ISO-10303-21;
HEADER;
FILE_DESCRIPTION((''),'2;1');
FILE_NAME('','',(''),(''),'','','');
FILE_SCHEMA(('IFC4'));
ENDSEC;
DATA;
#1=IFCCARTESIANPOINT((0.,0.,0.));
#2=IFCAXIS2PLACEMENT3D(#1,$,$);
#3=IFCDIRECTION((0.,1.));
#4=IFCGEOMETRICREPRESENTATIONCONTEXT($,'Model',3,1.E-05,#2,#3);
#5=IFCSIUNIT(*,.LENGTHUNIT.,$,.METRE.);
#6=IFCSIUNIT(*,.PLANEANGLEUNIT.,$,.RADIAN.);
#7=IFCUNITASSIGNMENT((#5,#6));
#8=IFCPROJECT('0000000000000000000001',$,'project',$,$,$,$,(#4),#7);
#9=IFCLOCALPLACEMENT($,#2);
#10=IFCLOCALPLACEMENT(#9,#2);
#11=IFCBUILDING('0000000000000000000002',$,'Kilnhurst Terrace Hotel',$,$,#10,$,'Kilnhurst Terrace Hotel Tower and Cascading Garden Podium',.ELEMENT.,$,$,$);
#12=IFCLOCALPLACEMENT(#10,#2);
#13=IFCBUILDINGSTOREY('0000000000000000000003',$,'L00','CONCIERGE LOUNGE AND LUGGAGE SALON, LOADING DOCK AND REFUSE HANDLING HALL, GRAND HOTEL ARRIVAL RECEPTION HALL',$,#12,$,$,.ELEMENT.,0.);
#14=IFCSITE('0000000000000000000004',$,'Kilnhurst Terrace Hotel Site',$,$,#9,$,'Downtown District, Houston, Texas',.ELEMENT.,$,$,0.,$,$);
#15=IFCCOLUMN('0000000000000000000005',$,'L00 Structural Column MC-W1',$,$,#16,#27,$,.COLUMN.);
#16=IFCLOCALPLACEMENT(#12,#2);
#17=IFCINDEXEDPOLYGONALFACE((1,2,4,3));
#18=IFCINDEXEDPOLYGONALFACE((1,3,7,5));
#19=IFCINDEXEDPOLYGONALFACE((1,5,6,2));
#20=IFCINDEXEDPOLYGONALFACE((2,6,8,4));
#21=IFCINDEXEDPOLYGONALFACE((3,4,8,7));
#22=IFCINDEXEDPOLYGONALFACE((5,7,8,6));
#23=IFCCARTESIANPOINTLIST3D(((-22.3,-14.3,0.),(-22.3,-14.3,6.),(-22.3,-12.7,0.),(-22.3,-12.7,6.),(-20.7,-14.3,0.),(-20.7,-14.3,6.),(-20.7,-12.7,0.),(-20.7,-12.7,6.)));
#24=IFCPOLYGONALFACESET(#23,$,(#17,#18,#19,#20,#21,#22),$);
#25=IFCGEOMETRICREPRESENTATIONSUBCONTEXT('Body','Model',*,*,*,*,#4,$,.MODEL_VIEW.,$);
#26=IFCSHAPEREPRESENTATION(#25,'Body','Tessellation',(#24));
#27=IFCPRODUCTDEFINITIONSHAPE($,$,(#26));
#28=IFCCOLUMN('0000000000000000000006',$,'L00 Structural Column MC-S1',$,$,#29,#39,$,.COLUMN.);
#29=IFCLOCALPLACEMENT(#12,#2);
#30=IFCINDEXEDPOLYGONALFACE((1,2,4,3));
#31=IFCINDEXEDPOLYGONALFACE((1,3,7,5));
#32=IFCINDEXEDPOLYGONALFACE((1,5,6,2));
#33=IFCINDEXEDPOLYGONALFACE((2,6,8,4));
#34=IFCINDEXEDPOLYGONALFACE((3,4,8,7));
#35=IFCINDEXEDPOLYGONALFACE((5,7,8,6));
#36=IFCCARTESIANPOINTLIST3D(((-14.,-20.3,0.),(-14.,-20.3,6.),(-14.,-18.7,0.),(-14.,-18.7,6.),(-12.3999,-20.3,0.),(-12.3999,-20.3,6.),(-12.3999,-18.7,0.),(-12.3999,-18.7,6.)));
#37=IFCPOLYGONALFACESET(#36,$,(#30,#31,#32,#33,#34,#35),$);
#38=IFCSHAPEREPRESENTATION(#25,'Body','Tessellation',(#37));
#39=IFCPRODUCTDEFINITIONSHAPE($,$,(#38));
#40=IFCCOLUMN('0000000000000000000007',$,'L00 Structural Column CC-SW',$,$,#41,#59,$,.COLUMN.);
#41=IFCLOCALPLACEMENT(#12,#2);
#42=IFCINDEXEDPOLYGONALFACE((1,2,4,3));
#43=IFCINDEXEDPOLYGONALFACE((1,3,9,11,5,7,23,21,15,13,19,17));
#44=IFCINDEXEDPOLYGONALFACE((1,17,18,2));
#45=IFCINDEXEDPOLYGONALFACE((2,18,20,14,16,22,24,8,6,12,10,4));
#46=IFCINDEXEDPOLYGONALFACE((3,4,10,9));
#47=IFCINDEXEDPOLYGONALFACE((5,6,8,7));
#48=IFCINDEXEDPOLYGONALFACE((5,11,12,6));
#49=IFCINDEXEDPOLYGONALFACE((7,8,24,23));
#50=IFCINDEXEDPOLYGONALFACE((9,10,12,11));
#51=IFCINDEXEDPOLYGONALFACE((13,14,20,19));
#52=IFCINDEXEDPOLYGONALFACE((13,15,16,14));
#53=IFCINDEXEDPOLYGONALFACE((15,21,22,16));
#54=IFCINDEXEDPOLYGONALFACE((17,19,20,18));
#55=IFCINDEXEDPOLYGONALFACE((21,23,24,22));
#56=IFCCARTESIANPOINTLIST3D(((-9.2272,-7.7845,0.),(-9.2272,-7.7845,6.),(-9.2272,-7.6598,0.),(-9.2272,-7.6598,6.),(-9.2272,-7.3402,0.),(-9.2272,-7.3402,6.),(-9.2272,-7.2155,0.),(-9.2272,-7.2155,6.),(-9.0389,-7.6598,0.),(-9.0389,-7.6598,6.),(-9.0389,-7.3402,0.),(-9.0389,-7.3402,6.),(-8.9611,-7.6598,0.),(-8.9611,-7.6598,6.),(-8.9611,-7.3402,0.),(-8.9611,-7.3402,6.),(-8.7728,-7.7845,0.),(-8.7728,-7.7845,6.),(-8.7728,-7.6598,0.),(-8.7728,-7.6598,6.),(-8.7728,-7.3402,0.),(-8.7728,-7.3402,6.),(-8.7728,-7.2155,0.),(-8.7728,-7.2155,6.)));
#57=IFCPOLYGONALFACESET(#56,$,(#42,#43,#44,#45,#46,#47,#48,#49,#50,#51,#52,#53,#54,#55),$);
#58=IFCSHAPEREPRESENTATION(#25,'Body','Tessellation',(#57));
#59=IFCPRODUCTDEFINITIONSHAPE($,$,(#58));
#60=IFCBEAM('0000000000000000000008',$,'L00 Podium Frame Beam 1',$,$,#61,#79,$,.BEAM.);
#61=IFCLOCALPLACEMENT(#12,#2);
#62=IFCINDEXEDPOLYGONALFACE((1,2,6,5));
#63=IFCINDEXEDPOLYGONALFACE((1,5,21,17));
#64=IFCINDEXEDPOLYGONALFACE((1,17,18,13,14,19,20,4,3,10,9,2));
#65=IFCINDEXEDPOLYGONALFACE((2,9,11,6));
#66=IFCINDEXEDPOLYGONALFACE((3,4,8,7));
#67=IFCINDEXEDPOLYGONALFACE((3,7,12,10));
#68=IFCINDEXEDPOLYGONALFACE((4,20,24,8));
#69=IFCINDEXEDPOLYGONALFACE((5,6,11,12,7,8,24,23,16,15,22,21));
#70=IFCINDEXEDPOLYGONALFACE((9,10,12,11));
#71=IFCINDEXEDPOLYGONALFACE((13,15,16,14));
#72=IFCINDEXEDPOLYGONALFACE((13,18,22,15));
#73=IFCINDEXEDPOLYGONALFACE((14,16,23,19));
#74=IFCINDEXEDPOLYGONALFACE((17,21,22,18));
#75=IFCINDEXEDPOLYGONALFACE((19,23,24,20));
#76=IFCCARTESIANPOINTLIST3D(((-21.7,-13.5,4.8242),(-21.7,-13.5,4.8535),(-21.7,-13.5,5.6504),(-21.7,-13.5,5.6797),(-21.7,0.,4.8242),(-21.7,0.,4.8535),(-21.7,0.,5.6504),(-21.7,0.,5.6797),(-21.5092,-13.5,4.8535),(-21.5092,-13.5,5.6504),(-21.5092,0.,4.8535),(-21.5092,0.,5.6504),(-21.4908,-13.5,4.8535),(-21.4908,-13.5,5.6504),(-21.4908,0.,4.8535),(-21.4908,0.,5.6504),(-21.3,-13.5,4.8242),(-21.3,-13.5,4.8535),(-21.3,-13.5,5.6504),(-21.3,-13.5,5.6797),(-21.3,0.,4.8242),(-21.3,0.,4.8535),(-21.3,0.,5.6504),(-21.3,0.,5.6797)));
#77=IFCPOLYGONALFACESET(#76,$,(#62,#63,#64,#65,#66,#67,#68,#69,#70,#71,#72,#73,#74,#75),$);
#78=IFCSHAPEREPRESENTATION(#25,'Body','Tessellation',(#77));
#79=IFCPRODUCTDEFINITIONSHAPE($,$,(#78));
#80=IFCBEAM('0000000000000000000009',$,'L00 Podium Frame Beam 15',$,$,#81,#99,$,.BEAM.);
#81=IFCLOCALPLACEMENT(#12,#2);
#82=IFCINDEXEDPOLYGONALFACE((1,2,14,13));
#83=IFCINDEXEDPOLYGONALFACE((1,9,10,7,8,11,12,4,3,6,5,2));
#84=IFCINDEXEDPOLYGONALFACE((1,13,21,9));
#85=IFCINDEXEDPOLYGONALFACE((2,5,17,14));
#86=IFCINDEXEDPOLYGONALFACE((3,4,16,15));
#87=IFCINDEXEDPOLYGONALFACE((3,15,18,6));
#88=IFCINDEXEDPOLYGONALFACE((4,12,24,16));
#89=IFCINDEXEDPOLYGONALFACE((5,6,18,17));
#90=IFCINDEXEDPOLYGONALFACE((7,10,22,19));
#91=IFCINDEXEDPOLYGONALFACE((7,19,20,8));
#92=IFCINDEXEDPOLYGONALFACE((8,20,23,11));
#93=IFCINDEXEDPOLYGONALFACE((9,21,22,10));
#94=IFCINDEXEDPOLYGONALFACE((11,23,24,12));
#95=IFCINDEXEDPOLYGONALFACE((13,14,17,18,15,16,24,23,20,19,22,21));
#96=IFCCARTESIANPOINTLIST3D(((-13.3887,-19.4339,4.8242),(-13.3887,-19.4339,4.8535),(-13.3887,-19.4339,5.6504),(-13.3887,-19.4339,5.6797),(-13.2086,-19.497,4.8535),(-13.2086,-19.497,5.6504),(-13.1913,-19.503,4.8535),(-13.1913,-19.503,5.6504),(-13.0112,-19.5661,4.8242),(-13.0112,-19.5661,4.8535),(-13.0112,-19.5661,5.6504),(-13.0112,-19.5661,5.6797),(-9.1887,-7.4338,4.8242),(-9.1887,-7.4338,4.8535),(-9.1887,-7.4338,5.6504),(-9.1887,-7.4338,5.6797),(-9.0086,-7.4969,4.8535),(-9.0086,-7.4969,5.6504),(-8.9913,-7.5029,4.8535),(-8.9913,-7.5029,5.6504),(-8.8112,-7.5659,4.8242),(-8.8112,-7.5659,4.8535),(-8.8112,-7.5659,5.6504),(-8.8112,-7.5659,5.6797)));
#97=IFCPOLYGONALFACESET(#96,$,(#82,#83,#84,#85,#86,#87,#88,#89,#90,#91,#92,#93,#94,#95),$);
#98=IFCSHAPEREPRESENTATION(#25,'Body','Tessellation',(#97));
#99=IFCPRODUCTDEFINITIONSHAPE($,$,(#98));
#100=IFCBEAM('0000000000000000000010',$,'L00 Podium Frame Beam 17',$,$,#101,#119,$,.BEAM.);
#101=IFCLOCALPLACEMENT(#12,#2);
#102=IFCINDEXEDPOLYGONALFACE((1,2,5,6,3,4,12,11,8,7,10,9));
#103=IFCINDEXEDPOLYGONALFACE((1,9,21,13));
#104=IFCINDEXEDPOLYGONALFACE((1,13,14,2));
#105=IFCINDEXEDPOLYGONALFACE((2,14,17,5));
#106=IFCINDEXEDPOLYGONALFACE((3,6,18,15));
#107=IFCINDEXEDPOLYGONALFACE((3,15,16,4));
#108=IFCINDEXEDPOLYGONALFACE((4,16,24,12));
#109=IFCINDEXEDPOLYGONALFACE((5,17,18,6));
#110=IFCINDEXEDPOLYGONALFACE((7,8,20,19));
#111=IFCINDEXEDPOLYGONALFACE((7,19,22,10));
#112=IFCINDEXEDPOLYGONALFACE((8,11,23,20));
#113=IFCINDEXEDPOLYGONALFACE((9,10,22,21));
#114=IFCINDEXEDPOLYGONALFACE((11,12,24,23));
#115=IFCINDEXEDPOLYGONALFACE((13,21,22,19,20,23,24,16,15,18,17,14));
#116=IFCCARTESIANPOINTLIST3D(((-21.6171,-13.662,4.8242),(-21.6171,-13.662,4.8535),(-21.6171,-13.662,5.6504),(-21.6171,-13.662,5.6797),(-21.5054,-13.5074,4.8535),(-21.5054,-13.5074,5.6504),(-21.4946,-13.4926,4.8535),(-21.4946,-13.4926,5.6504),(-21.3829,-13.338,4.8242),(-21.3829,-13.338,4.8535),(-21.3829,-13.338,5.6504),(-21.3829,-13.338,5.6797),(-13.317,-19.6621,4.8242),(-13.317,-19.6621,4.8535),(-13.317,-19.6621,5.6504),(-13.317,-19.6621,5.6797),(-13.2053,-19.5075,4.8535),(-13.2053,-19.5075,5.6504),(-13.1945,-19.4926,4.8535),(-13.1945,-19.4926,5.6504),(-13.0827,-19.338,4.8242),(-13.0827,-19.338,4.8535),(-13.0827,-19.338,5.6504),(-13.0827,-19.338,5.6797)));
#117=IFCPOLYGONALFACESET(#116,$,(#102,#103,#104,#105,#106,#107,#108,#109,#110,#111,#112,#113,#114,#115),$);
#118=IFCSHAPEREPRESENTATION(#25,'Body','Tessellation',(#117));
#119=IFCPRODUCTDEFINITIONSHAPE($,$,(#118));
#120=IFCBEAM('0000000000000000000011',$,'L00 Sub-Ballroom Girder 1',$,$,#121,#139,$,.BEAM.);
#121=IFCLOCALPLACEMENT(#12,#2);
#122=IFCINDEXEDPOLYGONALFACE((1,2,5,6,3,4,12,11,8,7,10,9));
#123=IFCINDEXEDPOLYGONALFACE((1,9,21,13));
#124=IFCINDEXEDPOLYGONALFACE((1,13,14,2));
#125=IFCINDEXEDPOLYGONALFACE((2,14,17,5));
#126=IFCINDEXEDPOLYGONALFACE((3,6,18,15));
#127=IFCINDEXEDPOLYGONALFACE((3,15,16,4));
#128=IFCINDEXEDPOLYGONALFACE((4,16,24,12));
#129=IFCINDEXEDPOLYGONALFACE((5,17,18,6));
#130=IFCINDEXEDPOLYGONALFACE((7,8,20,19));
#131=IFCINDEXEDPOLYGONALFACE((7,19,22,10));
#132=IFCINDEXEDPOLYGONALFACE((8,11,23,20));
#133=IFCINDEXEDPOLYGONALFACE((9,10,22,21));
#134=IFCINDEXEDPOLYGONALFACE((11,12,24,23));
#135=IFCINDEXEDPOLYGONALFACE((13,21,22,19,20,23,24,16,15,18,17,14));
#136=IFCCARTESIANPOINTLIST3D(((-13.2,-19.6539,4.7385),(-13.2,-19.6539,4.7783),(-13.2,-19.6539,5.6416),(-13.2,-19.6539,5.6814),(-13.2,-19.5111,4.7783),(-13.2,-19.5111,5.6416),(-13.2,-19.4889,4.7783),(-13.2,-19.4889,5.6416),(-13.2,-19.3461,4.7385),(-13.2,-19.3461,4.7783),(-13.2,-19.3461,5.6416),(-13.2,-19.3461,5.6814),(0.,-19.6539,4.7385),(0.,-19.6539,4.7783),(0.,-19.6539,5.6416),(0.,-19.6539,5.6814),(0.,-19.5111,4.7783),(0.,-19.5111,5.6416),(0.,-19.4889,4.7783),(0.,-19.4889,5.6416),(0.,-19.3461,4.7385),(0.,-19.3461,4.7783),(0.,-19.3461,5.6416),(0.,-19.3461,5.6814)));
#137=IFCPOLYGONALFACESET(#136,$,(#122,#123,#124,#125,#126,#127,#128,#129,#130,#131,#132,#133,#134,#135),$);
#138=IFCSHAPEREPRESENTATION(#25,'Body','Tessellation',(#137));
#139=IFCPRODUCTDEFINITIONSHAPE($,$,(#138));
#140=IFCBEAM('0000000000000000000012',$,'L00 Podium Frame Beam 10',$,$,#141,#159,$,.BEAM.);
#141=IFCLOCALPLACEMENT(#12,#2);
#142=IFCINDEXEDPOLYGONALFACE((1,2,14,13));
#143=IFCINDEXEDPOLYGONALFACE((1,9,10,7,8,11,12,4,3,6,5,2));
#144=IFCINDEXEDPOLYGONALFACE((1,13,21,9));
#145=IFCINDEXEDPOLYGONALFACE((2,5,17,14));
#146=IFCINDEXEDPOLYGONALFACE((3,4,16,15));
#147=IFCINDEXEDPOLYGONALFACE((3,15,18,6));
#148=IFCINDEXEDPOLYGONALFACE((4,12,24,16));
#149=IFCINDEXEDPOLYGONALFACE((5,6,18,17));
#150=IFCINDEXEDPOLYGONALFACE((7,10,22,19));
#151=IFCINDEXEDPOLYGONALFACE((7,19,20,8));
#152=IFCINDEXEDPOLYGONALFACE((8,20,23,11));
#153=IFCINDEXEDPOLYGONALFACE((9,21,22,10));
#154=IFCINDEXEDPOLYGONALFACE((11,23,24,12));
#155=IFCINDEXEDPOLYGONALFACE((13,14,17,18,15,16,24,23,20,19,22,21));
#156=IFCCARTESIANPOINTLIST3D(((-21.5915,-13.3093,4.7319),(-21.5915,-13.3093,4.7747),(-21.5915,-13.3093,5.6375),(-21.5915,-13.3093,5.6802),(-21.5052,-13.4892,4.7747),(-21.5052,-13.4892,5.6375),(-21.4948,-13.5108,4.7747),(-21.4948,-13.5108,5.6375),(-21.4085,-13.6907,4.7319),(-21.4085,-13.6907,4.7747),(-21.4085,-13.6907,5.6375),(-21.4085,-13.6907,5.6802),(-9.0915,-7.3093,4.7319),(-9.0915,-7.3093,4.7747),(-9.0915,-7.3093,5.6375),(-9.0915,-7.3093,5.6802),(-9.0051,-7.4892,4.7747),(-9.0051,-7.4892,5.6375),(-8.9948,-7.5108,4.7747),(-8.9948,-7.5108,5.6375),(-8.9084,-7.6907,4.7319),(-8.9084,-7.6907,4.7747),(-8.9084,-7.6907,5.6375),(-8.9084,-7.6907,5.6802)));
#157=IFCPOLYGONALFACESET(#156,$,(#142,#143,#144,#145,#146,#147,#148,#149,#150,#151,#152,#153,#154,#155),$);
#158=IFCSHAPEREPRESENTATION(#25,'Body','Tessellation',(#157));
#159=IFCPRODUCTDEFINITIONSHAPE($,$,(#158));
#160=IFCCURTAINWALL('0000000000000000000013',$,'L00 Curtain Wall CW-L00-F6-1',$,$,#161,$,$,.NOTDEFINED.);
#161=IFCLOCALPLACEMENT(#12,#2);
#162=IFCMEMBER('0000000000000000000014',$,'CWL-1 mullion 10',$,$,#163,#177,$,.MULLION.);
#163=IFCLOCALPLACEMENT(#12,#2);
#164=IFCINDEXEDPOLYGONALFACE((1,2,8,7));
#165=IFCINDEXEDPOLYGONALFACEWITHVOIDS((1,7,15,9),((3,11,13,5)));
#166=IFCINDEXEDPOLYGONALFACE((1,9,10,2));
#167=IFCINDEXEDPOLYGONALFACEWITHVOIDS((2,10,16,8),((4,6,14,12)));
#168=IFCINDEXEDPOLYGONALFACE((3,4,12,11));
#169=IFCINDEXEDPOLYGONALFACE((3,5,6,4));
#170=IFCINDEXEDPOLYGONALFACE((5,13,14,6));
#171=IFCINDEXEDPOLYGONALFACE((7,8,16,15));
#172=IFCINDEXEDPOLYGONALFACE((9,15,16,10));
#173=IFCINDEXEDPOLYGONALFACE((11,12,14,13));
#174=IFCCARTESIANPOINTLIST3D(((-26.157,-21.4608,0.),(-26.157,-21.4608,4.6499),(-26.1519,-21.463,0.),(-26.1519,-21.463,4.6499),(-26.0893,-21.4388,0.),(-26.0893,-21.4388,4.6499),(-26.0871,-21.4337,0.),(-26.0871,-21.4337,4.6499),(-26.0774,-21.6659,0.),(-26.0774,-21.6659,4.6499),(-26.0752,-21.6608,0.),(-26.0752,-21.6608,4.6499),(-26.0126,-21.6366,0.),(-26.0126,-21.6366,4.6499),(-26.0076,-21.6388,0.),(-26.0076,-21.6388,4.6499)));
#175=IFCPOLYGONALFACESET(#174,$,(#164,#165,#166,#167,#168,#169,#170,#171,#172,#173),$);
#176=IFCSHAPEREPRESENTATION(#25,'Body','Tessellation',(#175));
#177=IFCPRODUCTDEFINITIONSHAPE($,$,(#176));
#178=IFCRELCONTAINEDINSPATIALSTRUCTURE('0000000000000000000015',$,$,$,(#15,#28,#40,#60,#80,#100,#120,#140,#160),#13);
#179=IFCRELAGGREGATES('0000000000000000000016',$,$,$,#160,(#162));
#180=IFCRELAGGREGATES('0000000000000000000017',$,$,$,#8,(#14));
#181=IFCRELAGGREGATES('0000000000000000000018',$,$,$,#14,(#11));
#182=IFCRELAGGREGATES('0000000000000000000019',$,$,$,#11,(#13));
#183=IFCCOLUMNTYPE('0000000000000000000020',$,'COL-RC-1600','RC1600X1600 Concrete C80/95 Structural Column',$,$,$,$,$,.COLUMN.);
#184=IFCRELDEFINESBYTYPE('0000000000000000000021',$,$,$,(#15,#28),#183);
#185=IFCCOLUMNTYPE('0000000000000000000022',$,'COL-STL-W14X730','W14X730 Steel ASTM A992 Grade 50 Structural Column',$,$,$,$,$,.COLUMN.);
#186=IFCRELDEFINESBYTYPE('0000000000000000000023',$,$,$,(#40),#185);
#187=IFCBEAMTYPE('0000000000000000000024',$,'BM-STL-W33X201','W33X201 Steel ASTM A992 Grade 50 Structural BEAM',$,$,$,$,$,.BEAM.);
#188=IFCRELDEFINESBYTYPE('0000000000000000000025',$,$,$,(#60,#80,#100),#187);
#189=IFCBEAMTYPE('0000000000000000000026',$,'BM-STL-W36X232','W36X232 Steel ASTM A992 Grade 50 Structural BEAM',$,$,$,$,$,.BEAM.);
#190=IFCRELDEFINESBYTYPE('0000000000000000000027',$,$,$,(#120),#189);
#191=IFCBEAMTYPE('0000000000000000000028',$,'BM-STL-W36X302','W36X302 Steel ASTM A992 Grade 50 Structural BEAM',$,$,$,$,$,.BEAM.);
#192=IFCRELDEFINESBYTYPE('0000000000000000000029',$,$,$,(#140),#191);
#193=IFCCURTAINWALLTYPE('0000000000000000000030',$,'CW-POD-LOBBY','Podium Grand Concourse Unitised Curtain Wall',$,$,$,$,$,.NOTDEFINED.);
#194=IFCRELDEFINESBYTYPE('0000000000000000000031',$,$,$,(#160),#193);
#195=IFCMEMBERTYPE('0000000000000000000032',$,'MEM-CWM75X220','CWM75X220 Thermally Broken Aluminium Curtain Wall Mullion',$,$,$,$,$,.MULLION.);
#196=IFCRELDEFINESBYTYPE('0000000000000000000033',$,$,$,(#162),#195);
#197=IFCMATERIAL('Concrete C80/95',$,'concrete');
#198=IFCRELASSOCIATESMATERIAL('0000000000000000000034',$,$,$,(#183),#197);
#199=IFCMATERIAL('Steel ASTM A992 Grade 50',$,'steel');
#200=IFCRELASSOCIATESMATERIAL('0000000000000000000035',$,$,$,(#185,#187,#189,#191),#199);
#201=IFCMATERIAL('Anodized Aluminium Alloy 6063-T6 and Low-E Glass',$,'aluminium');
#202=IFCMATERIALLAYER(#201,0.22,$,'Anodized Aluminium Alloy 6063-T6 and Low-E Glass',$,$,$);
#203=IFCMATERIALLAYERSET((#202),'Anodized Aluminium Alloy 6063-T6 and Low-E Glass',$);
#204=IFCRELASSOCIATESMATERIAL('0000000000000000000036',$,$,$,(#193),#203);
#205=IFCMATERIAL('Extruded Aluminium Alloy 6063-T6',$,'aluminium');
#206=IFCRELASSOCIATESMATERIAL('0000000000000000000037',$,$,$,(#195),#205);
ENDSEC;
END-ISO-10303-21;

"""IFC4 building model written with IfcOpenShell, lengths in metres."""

from ifc_helpers import new_model, si_unit, direction, frame, origin, origin_2d, place, context, subcontext, project, spatial, rectangle, hollow_rectangle, i_section, extrude, material, layer, layer_set, material_profile, profile_set, type_object, element, aggregate, save


model = new_model("IFC4")

# Units and contexts
model_context = context("Model", 3, precision=1e-05, world=origin(), true_north=direction((0.0, 1.0)))
body_context = subcontext(model_context, "Body", "Model", "MODEL_VIEW")
ifc_project = project(units=[si_unit("LENGTHUNIT", "METRE"), si_unit("PLANEANGLEUNIT", "RADIAN")], contexts=[model_context])

# Site, building, storey
site_placement = place(None, origin())
site = spatial("IfcSite", under=ifc_project, at=site_placement, Name="Kilnhurst Terrace Hotel Site", LongName="Downtown District, Houston, Texas", CompositionType="ELEMENT", RefElevation=0.0)
building_placement = place(site_placement, origin())
building = spatial("IfcBuilding", under=site, at=building_placement, Name="Kilnhurst Terrace Hotel", LongName="Kilnhurst Terrace Hotel Tower and Cascading Garden Podium", CompositionType="ELEMENT")
storey_placement = place(building_placement, origin())
storey = spatial("IfcBuildingStorey", under=building, at=storey_placement, Name="L00", Description="CONCIERGE LOUNGE AND LUGGAGE SALON, LOADING DOCK AND REFUSE HANDLING HALL, GRAND HOTEL ARRIVAL RECEPTION HALL", CompositionType="ELEMENT", Elevation=0.0)

# Columns
ifc_material_1 = material(Name="Concrete C80/95", Category="concrete")
ifc_material_profile_1 = material_profile(ifc_material_1, rectangle(XDim=1.6001, YDim=1.6001, at=origin_2d()), Name="RC1600X1600")
ifc_profile_set_1 = profile_set([ifc_material_profile_1], Name="Concrete C80/95")
column_type_1 = type_object("IfcColumnType", Name="COL-RC-1600", Description="RC1600X1600 Concrete C80/95 Structural Column", PredefinedType="COLUMN", material=ifc_profile_set_1)
for number, where, z_axis, x_axis, name in (
    (1, (-21.5, -13.5, 0.0), (0.0, 0.0, 1.0), (1.0, 0.0, 0.0), "L00 Structural Column MC-W1"),
    (2, (-13.2, -19.5, 0.0), (0.0, 0.0, 1.0), (1.0, 0.0, 0.0), "L00 Structural Column MC-S1"),
):
    element("IfcColumn", number, at=place(storey_placement, frame(where, z_axis=z_axis, x_axis=x_axis)), inside=storey, type_object=column_type_1, Name=name, PredefinedType="COLUMN", context=body_context, shape_type="SweptSolid", body=[
        extrude(rectangle(XDim=1.6001, YDim=1.6001, at=origin_2d()), origin(), (0.0, 0.0, 1.0), 6.0),
    ])
ifc_material_2 = material(Name="Steel ASTM A992 Grade 50", Category="steel")
ifc_material_profile_2 = material_profile(ifc_material_2, i_section(OverallWidth=0.4543, OverallDepth=0.5691, WebThickness=0.0779, FlangeThickness=0.1248, at=origin_2d()), Name="W14X730")
ifc_profile_set_2 = profile_set([ifc_material_profile_2], Name="Steel ASTM A992 Grade 50")
column_type_2 = type_object("IfcColumnType", Name="COL-STL-W14X730", Description="W14X730 Steel ASTM A992 Grade 50 Structural Column", PredefinedType="COLUMN", material=ifc_profile_set_2)
column_placement = place(storey_placement, frame((-9.0, -7.5, 0.0), z_axis=(0.0, 0.0, 1.0), x_axis=(1.0, 0.0, 0.0)))
element("IfcColumn", 3, at=column_placement, inside=storey, type_object=column_type_2, Name="L00 Structural Column CC-SW", PredefinedType="COLUMN", context=body_context, shape_type="SweptSolid", body=[
    extrude(i_section(OverallWidth=0.4543, OverallDepth=0.5691, WebThickness=0.0779, FlangeThickness=0.1248, at=origin_2d()), origin(), (0.0, 0.0, 1.0), 6.0),
])

# Beams
ifc_material_profile_3 = material_profile(ifc_material_2, i_section(OverallWidth=0.3999, OverallDepth=0.8555, WebThickness=0.0183, FlangeThickness=0.0293, at=origin_2d()), Name="W33X201")
ifc_profile_set_3 = profile_set([ifc_material_profile_3], Name="Steel ASTM A992 Grade 50")
beam_type_1 = type_object("IfcBeamType", Name="BM-STL-W33X201", Description="W33X201 Steel ASTM A992 Grade 50 Structural BEAM", PredefinedType="BEAM", material=ifc_profile_set_3)
beam_1_placement = place(storey_placement, frame((-21.5, -13.5, 5.252), z_axis=(0.0, 1.0, 0.0), x_axis=(-1.0, 0.0, 0.0)))
element("IfcBeam", 4, at=beam_1_placement, inside=storey, type_object=beam_type_1, Name="L00 Podium Frame Beam 1", PredefinedType="BEAM", context=body_context, shape_type="SweptSolid", body=[
    extrude(i_section(OverallWidth=0.3999, OverallDepth=0.8555, WebThickness=0.0183, FlangeThickness=0.0293, at=origin_2d()), origin(), (0.0, 0.0, 1.0), 13.5),
])
beam_2_placement = place(storey_placement, frame((-13.2, -19.5, 5.252), z_axis=(0.330347, 0.94386, 0.0), x_axis=(-0.94386, 0.330347, 0.0)))
element("IfcBeam", 5, at=beam_2_placement, inside=storey, type_object=beam_type_1, Name="L00 Podium Frame Beam 15", PredefinedType="BEAM", context=body_context, shape_type="SweptSolid", body=[
    extrude(i_section(OverallWidth=0.3999, OverallDepth=0.8555, WebThickness=0.0183, FlangeThickness=0.0293, at=origin_2d()), origin(), (0.0, 0.0, 1.0), 12.7139),
])
beam_3_placement = place(storey_placement, frame((-21.5, -13.5, 5.252), z_axis=(0.810423, -0.585845, 0.0), x_axis=(0.585845, 0.810423, 0.0)))
element("IfcBeam", 6, at=beam_3_placement, inside=storey, type_object=beam_type_1, Name="L00 Podium Frame Beam 17", PredefinedType="BEAM", context=body_context, shape_type="SweptSolid", body=[
    extrude(i_section(OverallWidth=0.3999, OverallDepth=0.8555, WebThickness=0.0183, FlangeThickness=0.0293, at=origin_2d()), origin(), (0.0, 0.0, 1.0), 10.2417),
])
ifc_material_profile_4 = material_profile(ifc_material_2, i_section(OverallWidth=0.3079, OverallDepth=0.9429, WebThickness=0.0222, FlangeThickness=0.0398, at=origin_2d()), Name="W36X232")
ifc_profile_set_4 = profile_set([ifc_material_profile_4], Name="Steel ASTM A992 Grade 50")
beam_type_2 = type_object("IfcBeamType", Name="BM-STL-W36X232", Description="W36X232 Steel ASTM A992 Grade 50 Structural BEAM", PredefinedType="BEAM", material=ifc_profile_set_4)
beam_4_placement = place(storey_placement, frame((-13.2, -19.5, 5.21), z_axis=(1.0, 0.0, 0.0), x_axis=(0.0, 1.0, 0.0)))
element("IfcBeam", 7, at=beam_4_placement, inside=storey, type_object=beam_type_2, Name="L00 Sub-Ballroom Girder 1", PredefinedType="BEAM", context=body_context, shape_type="SweptSolid", body=[
    extrude(i_section(OverallWidth=0.3079, OverallDepth=0.9429, WebThickness=0.0222, FlangeThickness=0.0398, at=origin_2d()), origin(), (0.0, 0.0, 1.0), 13.2),
])
ifc_material_profile_5 = material_profile(ifc_material_2, i_section(OverallWidth=0.4231, OverallDepth=0.9482, WebThickness=0.0239, FlangeThickness=0.0427, at=origin_2d()), Name="W36X302")
ifc_profile_set_5 = profile_set([ifc_material_profile_5], Name="Steel ASTM A992 Grade 50")
beam_type_3 = type_object("IfcBeamType", Name="BM-STL-W36X302", Description="W36X302 Steel ASTM A992 Grade 50 Structural BEAM", PredefinedType="BEAM", material=ifc_profile_set_5)
beam_5_placement = place(storey_placement, frame((-21.5, -13.5, 5.2061), z_axis=(0.901523, 0.432731, 0.0), x_axis=(-0.432731, 0.901523, 0.0)))
element("IfcBeam", 8, at=beam_5_placement, inside=storey, type_object=beam_type_3, Name="L00 Podium Frame Beam 10", PredefinedType="BEAM", context=body_context, shape_type="SweptSolid", body=[
    extrude(i_section(OverallWidth=0.4231, OverallDepth=0.9482, WebThickness=0.0239, FlangeThickness=0.0427, at=origin_2d()), origin(), (0.0, 0.0, 1.0), 13.8655),
])

# Curtain wall, member
ifc_material_3 = material(Name="Anodized Aluminium Alloy 6063-T6 and Low-E Glass", Category="aluminium")
ifc_layer_1 = layer(ifc_material_3, 0.22, Name="Anodized Aluminium Alloy 6063-T6 and Low-E Glass")
ifc_layer_set_1 = layer_set([ifc_layer_1], Name="Anodized Aluminium Alloy 6063-T6 and Low-E Glass")
curtain_wall_type = type_object("IfcCurtainWallType", Name="CW-POD-LOBBY", Description="Podium Grand Concourse Unitised Curtain Wall", PredefinedType="NOTDEFINED", material=ifc_layer_set_1)
curtain_wall_placement = place(storey_placement, origin())
curtain_wall = element("IfcCurtainWall", 9, at=curtain_wall_placement, inside=storey, type_object=curtain_wall_type, Name="L00 Curtain Wall CW-L00-F6-1", PredefinedType="NOTDEFINED")
ifc_material_4 = material(Name="Extruded Aluminium Alloy 6063-T6", Category="aluminium")
ifc_material_profile_6 = material_profile(ifc_material_4, hollow_rectangle(XDim=0.075, YDim=0.22, WallThickness=0.0039, at=origin_2d()), Name="CWM75X220")
ifc_profile_set_6 = profile_set([ifc_material_profile_6], Name="Extruded Aluminium Alloy 6063-T6")
member_type_1 = type_object("IfcMemberType", Name="MEM-CWM75X220", Description="CWM75X220 Thermally Broken Aluminium Curtain Wall Mullion", PredefinedType="MULLION", material=ifc_profile_set_6)
member_1_placement = place(storey_placement, frame((-26.0823, -21.5498, 0.0), z_axis=(0.0, 0.0, 1.0), x_axis=(0.932318, 0.361639, 0.0)))
member_1 = element("IfcMember", 10, at=member_1_placement, type_object=member_type_1, Name="CWL-1 mullion 10", PredefinedType="MULLION", context=body_context, shape_type="SweptSolid", body=[
    extrude(hollow_rectangle(XDim=0.075, YDim=0.22, WallThickness=0.0039, at=origin_2d()), origin(), (0.0, 0.0, 1.0), 4.6499),
])
aggregate(curtain_wall, [member_1])

save(model, "model.ifc")
